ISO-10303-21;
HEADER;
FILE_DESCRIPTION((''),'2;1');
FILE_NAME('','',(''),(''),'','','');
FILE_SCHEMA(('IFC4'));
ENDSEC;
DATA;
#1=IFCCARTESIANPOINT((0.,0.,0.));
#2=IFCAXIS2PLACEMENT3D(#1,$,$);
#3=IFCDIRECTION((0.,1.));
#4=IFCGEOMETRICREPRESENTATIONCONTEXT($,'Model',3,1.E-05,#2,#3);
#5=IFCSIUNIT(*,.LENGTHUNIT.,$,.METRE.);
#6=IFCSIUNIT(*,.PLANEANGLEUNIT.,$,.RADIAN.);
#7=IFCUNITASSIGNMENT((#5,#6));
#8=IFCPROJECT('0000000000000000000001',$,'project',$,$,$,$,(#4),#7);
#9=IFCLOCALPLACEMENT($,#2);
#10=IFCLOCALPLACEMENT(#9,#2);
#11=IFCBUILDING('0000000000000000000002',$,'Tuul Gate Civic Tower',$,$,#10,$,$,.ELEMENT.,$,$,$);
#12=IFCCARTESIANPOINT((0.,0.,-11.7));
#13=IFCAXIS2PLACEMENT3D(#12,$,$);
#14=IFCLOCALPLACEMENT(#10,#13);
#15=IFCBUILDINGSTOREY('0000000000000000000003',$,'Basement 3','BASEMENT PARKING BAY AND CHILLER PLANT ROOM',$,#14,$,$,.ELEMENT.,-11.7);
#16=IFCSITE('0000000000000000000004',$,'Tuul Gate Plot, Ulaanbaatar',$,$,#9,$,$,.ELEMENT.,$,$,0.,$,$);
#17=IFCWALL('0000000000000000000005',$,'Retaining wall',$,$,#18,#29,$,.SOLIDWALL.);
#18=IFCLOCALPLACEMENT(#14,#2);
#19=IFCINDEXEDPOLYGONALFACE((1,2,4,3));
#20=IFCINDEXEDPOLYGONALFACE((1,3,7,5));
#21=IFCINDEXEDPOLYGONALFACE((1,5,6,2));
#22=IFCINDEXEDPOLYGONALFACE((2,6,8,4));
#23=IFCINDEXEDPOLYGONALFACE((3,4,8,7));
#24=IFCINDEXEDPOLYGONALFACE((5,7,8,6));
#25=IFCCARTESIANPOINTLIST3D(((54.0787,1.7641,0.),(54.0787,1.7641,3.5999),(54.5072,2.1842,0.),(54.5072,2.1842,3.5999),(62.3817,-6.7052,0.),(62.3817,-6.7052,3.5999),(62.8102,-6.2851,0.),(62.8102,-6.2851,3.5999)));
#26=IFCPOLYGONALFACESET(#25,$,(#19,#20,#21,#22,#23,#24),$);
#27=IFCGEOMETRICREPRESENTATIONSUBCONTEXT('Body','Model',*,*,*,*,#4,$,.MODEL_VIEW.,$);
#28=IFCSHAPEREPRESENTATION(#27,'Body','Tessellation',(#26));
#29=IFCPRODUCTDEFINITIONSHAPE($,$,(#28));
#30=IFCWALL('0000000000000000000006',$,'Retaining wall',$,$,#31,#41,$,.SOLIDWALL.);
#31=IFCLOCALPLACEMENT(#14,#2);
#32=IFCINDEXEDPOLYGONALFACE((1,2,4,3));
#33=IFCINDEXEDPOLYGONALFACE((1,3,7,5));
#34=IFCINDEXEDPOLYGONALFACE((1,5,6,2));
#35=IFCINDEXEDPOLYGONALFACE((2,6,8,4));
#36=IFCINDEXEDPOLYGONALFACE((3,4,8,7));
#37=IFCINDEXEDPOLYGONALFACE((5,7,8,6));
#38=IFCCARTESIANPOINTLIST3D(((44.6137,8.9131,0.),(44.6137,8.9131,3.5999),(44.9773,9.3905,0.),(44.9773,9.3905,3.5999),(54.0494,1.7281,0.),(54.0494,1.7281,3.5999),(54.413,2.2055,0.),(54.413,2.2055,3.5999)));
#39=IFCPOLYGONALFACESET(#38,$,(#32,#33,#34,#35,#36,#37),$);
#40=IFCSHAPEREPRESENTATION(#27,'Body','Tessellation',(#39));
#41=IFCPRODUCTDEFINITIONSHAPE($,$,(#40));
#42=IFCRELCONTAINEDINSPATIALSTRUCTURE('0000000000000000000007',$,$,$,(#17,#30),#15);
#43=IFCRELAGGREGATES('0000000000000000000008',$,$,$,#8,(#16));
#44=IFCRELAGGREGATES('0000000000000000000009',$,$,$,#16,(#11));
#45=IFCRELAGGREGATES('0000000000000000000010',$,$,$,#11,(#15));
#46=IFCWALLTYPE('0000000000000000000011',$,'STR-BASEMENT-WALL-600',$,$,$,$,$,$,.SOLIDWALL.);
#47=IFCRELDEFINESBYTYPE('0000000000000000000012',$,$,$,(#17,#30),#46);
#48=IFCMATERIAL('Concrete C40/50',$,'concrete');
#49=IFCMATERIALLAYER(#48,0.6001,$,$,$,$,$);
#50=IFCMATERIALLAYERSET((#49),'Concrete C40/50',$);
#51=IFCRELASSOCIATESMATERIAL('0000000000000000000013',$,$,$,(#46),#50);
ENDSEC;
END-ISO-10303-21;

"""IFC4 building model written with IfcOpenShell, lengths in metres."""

from ifc_helpers import new_model, si_unit, direction, frame, frame_2d, origin, place, context, subcontext, project, spatial, rectangle, extrude, material, layer, layer_set, type_object, element, save


model = new_model("IFC4")

# Units and contexts
model_context = context("Model", 3, precision=1e-05, world=origin(), true_north=direction((0.0, 1.0)))
body_context = subcontext(model_context, "Body", "Model", "MODEL_VIEW")
ifc_project = project(units=[si_unit("LENGTHUNIT", "METRE"), si_unit("PLANEANGLEUNIT", "RADIAN")], contexts=[model_context])

# Site, building, storey
site_placement = place(None, origin())
site = spatial("IfcSite", under=ifc_project, at=site_placement, Name="Tuul Gate Plot, Ulaanbaatar", CompositionType="ELEMENT", RefElevation=0.0)
building_placement = place(site_placement, origin())
building = spatial("IfcBuilding", under=site, at=building_placement, Name="Tuul Gate Civic Tower", CompositionType="ELEMENT")
storey_placement = place(building_placement, frame((0.0, 0.0, -11.7)))
storey = spatial("IfcBuildingStorey", under=building, at=storey_placement, Name="Basement 3", Description="BASEMENT PARKING BAY AND CHILLER PLANT ROOM", CompositionType="ELEMENT", Elevation=-11.7)

# Walls
ifc_material_1 = material(Name="Concrete C40/50", Category="concrete")
ifc_layer_1 = layer(ifc_material_1, 0.6001)
ifc_layer_set_1 = layer_set([ifc_layer_1], Name="Concrete C40/50")
wall_type_1 = type_object("IfcWallType", Name="STR-BASEMENT-WALL-600", PredefinedType="SOLIDWALL", material=ifc_layer_set_1)
wall_1_placement = place(storey_placement, frame((62.5959, -6.4951, 0.0), z_axis=(0.0, 0.0, 1.0), x_axis=(-0.700063, 0.714081, 0.0)))
element("IfcWall", 1, at=wall_1_placement, inside=storey, type_object=wall_type_1, Name="Retaining wall", PredefinedType="SOLIDWALL", context=body_context, shape_type="SweptSolid", body=[
    extrude(rectangle(XDim=11.8604, YDim=0.6001, at=frame_2d((5.9302, 0.0))), origin(), (0.0, 0.0, 1.0), 3.5999),
])
wall_2_placement = place(storey_placement, frame((54.2312, 1.9668, 0.0), z_axis=(0.0, 0.0, 1.0), x_axis=(-0.795599, 0.605824, 0.0)))
element("IfcWall", 2, at=wall_2_placement, inside=storey, type_object=wall_type_1, Name="Retaining wall", PredefinedType="SOLIDWALL", context=body_context, shape_type="SweptSolid", body=[
    extrude(rectangle(XDim=11.8599, YDim=0.6001, at=frame_2d((5.9299, 0.0))), origin(), (0.0, 0.0, 1.0), 3.5999),
])

save(model, "model.ifc")
